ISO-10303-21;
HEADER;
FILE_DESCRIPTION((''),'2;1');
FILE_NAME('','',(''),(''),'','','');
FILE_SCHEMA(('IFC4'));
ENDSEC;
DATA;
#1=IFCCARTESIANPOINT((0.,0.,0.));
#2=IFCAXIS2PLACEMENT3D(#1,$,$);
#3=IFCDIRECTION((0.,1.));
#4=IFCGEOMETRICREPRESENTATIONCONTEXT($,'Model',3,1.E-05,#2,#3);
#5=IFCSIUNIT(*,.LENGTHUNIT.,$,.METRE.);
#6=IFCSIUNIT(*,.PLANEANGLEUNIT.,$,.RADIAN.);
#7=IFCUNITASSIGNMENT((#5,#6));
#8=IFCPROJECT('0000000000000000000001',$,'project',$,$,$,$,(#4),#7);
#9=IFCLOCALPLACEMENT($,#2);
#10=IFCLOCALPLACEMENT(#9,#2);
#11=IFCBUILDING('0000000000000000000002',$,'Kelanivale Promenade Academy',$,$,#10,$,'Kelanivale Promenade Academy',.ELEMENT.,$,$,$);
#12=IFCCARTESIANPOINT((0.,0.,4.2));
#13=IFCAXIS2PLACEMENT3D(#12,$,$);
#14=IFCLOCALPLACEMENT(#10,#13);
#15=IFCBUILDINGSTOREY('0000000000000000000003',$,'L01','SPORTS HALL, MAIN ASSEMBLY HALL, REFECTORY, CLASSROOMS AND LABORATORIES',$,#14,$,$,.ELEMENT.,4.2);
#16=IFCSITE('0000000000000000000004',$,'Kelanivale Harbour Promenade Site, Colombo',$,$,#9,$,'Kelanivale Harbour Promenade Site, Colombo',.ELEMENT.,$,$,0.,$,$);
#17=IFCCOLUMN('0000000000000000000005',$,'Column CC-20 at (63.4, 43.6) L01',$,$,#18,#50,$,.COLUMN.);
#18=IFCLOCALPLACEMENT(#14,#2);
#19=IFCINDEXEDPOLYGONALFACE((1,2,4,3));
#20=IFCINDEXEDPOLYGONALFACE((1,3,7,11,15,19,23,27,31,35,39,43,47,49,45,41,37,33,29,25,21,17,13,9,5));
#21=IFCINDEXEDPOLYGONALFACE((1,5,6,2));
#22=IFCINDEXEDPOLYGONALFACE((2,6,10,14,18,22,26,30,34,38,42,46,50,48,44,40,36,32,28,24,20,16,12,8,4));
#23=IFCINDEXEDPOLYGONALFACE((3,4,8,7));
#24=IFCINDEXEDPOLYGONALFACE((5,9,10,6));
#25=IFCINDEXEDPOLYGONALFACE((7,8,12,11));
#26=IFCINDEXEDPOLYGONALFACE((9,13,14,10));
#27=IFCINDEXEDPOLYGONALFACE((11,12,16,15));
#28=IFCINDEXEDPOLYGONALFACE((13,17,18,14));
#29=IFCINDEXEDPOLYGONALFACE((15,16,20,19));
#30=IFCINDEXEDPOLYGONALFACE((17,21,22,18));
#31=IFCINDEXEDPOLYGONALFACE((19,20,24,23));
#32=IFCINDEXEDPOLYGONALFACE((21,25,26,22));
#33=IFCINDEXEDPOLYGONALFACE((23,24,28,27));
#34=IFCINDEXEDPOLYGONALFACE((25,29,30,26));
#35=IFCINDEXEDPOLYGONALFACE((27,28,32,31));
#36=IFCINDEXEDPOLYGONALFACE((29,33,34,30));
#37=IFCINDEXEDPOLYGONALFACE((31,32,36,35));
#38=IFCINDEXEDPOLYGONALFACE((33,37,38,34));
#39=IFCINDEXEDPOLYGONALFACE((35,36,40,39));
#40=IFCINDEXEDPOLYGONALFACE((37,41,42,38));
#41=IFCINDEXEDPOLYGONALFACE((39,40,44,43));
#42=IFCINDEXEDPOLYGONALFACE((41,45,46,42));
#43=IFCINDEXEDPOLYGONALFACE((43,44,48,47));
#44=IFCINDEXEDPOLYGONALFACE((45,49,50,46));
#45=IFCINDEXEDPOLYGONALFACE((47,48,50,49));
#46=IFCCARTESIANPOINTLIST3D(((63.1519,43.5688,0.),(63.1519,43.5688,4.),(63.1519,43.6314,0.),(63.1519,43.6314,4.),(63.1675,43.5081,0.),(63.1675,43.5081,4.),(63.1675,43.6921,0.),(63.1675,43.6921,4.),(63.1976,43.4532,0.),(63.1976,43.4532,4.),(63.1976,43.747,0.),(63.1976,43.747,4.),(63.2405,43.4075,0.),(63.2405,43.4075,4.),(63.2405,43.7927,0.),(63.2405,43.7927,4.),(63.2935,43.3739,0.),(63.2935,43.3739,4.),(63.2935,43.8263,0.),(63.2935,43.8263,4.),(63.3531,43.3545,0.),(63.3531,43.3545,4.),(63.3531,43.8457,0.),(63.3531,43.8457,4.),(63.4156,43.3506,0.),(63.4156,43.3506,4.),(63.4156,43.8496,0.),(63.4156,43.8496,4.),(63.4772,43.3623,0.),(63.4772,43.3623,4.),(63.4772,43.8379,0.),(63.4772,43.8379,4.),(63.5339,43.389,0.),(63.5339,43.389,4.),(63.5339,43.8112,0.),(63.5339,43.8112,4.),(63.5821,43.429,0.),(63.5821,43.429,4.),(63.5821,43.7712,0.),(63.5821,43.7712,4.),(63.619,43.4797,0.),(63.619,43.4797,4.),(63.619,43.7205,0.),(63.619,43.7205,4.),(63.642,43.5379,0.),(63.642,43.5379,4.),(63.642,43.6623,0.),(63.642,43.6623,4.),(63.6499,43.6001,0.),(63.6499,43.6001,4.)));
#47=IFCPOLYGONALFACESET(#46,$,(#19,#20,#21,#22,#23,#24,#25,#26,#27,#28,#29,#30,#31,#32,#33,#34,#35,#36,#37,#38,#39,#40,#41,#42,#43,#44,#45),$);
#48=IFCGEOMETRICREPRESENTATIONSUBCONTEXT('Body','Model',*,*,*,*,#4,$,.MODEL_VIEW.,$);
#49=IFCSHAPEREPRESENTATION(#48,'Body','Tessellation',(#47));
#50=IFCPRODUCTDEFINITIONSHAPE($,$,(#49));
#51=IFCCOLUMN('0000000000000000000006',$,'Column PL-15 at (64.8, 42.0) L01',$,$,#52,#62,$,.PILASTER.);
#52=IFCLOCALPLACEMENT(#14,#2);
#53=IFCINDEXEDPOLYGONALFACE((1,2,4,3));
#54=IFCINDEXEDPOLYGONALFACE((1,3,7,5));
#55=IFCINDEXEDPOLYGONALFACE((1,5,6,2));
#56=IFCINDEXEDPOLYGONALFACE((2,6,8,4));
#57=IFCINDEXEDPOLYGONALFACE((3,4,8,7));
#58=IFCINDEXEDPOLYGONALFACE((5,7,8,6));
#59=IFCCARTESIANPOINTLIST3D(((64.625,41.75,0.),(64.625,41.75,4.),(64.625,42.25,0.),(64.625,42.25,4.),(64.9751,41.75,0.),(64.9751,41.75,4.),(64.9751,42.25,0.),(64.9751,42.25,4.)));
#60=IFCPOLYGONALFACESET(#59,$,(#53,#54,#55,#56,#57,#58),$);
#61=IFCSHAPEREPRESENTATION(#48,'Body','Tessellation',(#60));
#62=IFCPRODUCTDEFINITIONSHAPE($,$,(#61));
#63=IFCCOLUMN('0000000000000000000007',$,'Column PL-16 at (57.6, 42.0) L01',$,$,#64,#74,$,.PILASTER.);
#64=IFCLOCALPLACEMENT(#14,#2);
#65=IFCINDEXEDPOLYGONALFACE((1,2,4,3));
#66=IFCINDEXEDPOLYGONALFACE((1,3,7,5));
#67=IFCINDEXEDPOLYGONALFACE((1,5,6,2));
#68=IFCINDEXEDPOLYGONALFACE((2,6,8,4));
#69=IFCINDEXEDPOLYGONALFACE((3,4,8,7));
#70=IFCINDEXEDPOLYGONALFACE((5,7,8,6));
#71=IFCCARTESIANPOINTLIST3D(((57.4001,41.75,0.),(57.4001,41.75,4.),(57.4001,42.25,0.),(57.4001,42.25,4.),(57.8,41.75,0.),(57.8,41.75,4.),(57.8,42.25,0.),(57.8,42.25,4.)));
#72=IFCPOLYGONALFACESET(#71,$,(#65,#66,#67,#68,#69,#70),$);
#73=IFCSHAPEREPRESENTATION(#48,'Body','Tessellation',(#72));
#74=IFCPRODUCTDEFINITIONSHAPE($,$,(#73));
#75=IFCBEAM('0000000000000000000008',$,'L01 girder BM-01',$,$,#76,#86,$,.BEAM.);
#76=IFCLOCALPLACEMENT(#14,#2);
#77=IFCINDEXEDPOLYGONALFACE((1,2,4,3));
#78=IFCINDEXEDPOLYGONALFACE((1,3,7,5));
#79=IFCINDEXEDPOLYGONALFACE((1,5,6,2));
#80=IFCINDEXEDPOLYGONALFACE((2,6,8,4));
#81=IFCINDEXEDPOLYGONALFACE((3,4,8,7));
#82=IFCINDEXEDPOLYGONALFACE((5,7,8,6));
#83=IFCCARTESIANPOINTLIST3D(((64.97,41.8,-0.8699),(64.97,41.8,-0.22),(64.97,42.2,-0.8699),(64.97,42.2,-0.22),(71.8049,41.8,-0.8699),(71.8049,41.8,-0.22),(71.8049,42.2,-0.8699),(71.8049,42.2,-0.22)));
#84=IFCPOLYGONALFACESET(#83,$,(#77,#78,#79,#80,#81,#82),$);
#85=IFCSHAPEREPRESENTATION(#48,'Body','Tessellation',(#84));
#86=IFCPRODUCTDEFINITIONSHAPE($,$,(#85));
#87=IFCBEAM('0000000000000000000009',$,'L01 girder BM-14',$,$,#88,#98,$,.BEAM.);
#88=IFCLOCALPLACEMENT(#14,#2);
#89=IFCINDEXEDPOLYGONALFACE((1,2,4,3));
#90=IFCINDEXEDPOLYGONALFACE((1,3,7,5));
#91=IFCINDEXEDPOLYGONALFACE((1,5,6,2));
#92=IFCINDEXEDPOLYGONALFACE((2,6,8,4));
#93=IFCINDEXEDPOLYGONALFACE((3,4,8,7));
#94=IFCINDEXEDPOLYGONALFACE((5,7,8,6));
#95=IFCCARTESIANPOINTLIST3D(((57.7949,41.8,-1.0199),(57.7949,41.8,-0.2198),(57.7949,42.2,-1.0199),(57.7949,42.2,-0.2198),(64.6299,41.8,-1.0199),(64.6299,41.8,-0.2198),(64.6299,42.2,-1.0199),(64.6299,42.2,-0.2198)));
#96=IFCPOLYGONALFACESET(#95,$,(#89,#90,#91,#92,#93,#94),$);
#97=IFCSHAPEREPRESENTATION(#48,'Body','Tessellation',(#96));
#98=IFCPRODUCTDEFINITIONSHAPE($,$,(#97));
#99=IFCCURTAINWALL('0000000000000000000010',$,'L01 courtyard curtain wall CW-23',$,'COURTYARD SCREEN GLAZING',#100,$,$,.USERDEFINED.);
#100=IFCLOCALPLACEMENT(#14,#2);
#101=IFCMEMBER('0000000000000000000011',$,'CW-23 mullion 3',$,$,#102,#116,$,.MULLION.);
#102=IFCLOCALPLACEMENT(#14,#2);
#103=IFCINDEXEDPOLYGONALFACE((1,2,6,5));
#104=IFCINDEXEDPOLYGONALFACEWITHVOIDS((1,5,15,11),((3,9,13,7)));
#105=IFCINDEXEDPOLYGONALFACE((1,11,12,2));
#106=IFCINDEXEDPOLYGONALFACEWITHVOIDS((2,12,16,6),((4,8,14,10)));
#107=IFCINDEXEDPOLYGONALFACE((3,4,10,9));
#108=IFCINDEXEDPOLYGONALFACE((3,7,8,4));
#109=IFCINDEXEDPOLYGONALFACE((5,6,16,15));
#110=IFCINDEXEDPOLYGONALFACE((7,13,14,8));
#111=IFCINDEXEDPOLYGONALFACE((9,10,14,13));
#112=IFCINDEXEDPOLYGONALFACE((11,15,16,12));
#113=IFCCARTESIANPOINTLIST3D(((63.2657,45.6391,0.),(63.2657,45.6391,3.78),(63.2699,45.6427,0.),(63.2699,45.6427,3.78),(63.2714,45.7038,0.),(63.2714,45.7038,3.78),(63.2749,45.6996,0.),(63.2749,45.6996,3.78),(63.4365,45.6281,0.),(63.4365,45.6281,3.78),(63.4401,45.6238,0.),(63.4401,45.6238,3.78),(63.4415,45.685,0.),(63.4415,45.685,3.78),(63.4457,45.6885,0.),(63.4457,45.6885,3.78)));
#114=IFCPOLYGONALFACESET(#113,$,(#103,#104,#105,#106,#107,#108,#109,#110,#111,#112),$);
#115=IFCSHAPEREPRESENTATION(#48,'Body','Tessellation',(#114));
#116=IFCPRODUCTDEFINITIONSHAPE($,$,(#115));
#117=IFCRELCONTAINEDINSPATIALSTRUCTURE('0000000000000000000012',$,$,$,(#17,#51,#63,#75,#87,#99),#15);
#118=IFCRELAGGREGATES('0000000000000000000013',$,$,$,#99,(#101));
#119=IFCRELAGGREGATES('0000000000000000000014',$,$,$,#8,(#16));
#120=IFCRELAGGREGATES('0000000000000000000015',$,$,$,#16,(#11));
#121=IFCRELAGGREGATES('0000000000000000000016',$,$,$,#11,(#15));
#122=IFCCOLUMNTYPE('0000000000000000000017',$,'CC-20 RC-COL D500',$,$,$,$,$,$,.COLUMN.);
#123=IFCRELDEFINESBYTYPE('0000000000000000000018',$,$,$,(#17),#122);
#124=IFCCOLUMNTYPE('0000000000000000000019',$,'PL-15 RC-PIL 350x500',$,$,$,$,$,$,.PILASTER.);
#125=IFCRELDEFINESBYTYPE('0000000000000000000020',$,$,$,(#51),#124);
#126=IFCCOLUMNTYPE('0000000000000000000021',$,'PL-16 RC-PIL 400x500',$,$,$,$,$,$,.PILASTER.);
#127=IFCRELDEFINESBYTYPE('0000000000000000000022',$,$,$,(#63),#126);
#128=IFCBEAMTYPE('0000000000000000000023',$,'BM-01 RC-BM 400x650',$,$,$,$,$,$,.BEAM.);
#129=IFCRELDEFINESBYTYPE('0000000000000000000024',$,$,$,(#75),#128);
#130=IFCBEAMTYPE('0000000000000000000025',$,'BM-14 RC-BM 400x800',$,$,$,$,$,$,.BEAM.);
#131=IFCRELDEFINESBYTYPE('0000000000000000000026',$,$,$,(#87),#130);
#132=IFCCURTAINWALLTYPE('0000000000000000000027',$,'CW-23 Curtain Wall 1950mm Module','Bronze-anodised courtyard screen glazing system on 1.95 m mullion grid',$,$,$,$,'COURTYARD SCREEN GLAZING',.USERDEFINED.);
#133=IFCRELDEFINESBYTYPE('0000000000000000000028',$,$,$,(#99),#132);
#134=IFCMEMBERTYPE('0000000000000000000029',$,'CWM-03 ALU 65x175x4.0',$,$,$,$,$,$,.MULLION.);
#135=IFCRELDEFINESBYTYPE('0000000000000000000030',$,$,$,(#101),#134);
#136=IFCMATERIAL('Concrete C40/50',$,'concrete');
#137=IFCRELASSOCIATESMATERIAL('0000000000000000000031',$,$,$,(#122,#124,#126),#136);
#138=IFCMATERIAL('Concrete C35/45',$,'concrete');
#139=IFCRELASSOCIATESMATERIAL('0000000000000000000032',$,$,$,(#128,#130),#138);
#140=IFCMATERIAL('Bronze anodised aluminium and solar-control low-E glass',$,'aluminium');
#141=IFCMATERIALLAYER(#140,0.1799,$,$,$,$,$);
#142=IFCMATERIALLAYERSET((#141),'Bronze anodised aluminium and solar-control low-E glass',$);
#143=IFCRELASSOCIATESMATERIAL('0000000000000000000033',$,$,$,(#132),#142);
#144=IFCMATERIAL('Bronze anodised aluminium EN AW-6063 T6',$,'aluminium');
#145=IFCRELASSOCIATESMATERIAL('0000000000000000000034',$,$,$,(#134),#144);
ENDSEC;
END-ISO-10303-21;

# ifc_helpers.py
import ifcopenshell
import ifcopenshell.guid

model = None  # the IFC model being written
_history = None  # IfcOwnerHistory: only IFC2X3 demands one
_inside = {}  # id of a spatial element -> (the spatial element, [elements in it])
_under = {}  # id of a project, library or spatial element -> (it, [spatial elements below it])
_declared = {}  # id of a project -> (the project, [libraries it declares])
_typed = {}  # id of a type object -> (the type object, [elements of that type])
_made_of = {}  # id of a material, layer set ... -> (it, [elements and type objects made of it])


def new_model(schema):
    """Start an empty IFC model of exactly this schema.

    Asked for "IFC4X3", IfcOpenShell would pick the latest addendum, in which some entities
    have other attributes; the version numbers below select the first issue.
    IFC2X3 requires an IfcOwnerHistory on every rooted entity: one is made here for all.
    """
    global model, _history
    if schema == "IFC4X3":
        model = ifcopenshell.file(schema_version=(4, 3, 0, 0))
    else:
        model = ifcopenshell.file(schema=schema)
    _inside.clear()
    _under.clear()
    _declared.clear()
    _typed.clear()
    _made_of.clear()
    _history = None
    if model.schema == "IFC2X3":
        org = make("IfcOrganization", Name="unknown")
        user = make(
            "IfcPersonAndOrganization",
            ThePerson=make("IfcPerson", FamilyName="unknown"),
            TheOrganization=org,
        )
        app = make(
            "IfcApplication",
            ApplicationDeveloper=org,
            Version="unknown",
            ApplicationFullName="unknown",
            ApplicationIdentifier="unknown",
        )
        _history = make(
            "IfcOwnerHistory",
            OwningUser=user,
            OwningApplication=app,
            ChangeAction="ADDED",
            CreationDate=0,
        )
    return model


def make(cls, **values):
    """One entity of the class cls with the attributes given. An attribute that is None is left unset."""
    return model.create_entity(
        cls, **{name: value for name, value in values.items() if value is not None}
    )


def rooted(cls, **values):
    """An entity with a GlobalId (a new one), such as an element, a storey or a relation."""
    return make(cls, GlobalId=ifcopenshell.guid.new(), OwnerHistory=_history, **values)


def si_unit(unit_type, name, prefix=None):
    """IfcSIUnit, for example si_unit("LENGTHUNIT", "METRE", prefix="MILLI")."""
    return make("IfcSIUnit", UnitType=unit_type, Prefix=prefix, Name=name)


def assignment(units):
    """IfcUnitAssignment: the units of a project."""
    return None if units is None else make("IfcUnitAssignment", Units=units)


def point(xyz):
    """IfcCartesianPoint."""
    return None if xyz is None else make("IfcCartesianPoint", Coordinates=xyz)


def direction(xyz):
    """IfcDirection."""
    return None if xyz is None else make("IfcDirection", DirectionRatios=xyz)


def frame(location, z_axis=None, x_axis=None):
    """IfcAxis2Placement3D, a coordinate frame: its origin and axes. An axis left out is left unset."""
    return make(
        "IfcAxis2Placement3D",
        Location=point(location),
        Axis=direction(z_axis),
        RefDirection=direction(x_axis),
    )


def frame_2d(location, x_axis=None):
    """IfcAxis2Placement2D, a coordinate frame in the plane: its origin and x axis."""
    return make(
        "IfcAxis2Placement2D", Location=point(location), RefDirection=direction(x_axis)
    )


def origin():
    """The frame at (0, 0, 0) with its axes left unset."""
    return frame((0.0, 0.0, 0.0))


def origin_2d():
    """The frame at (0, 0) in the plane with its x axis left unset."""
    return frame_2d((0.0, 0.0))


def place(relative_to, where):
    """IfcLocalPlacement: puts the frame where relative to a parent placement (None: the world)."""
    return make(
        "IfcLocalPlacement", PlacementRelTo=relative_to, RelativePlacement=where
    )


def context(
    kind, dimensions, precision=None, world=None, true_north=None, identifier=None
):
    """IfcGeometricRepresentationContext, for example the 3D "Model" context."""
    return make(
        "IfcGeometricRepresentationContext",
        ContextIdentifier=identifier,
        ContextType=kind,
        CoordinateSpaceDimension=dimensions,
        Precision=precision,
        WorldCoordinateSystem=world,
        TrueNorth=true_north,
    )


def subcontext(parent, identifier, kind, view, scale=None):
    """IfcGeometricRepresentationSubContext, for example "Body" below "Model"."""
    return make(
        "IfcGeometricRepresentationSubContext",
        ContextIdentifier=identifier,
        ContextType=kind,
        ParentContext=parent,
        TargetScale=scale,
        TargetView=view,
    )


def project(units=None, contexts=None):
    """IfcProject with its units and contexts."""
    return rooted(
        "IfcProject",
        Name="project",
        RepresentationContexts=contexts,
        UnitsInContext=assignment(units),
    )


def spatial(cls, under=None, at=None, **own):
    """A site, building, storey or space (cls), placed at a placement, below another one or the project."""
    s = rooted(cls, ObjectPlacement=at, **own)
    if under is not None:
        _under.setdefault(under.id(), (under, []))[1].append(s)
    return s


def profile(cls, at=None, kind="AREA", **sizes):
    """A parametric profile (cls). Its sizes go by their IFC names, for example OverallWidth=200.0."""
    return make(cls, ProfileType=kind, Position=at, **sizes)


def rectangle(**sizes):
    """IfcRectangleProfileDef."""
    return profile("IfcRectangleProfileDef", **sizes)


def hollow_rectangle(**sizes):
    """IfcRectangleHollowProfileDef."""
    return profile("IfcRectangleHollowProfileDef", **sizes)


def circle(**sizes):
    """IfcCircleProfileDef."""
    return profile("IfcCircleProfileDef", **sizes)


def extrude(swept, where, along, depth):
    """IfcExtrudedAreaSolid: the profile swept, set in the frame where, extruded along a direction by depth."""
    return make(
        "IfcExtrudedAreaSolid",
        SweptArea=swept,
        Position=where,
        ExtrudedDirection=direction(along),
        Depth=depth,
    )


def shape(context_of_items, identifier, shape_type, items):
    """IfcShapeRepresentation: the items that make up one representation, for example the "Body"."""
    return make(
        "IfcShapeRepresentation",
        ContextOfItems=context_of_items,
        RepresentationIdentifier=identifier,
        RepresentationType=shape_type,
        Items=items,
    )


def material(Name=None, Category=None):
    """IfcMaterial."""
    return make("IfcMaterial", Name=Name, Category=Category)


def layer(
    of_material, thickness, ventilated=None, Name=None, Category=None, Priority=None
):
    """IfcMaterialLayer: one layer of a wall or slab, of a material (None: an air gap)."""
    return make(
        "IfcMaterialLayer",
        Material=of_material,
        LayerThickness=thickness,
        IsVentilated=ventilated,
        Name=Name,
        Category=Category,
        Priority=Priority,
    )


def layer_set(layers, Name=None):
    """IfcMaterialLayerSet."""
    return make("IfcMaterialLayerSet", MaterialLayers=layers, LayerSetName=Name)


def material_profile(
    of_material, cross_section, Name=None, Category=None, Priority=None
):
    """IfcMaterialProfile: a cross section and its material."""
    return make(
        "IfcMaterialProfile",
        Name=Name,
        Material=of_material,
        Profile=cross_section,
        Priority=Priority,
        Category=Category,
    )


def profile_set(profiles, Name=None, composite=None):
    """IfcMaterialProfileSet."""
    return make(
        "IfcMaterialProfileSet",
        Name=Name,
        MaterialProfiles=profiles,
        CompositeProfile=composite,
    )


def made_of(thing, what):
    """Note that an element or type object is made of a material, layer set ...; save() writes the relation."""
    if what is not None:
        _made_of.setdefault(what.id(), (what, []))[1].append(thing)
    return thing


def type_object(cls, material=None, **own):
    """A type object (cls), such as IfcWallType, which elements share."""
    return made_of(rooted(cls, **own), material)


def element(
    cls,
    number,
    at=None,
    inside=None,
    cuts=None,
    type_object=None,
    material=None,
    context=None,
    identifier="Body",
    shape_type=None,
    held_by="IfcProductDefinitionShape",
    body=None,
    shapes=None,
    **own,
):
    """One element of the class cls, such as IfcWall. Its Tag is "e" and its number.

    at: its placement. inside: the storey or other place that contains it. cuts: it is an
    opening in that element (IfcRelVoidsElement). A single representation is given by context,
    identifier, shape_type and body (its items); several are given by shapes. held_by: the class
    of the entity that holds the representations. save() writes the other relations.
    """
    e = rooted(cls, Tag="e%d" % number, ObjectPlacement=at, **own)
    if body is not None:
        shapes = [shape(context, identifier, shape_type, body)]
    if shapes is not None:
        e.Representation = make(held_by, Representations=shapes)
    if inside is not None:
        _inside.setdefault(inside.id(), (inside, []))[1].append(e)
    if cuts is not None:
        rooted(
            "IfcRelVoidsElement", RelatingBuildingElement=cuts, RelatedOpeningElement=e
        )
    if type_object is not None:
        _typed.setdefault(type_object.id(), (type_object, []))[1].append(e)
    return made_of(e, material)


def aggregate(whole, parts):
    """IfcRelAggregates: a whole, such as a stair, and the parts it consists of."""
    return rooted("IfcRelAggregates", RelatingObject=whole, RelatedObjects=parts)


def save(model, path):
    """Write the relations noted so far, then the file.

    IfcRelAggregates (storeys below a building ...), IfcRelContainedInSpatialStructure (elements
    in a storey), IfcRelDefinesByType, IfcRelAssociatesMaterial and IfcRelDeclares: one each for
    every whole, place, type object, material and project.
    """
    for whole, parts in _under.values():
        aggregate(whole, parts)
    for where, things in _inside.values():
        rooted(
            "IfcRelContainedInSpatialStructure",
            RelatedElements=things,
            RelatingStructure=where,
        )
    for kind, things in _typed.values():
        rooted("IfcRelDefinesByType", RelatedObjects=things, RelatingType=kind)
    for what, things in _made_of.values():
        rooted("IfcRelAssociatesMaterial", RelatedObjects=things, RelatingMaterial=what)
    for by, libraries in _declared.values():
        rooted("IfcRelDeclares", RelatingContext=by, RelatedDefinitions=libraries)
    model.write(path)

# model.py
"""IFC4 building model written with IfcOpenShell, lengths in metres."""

from ifc_helpers import new_model, si_unit, direction, frame, origin, origin_2d, place, context, subcontext, project, spatial, rectangle, hollow_rectangle, circle, extrude, material, layer, layer_set, material_profile, profile_set, type_object, element, aggregate, save


model = new_model("IFC4")

# Units and contexts
model_context = context("Model", 3, precision=1e-05, world=origin(), true_north=direction((0.0, 1.0)))
body_context = subcontext(model_context, "Body", "Model", "MODEL_VIEW")
ifc_project = project(units=[si_unit("LENGTHUNIT", "METRE"), si_unit("PLANEANGLEUNIT", "RADIAN")], contexts=[model_context])

# Site, building, storey
site_placement = place(None, origin())
site = spatial("IfcSite", under=ifc_project, at=site_placement, Name="Kelanivale Harbour Promenade Site, Colombo", LongName="Kelanivale Harbour Promenade Site, Colombo", CompositionType="ELEMENT", RefElevation=0.0)
building_placement = place(site_placement, origin())
building = spatial("IfcBuilding", under=site, at=building_placement, Name="Kelanivale Promenade Academy", LongName="Kelanivale Promenade Academy", CompositionType="ELEMENT")
storey_placement = place(building_placement, frame((0.0, 0.0, 4.2)))
storey = spatial("IfcBuildingStorey", under=building, at=storey_placement, Name="L01", Description="SPORTS HALL, MAIN ASSEMBLY HALL, REFECTORY, CLASSROOMS AND LABORATORIES", CompositionType="ELEMENT", Elevation=4.2)

# Columns
ifc_material_1 = material(Name="Concrete C40/50", Category="concrete")
ifc_material_profile_1 = material_profile(ifc_material_1, circle(Radius=0.25, at=origin_2d()), Name="RC-COL D500")
ifc_profile_set_1 = profile_set([ifc_material_profile_1], Name="Concrete C40/50")
column_type_1 = type_object("IfcColumnType", Name="CC-20 RC-COL D500", PredefinedType="COLUMN", material=ifc_profile_set_1)
column_1_placement = place(storey_placement, frame((63.3999, 43.6001, 0.0), z_axis=(0.0, 0.0, 1.0), x_axis=(1.0, 0.0, 0.0)))
element("IfcColumn", 1, at=column_1_placement, inside=storey, type_object=column_type_1, Name="Column CC-20 at (63.4, 43.6) L01", PredefinedType="COLUMN", context=body_context, shape_type="SweptSolid", body=[
    extrude(circle(Radius=0.25, at=origin_2d()), origin(), (0.0, 0.0, 1.0), 4.0),
])
ifc_material_profile_2 = material_profile(ifc_material_1, rectangle(XDim=0.3501, YDim=0.5, at=origin_2d()), Name="RC-PIL 350x500")
ifc_profile_set_2 = profile_set([ifc_material_profile_2], Name="Concrete C40/50")
column_type_2 = type_object("IfcColumnType", Name="PL-15 RC-PIL 350x500", PredefinedType="PILASTER", material=ifc_profile_set_2)
column_2_placement = place(storey_placement, frame((64.8, 42.0, 0.0), z_axis=(0.0, 0.0, 1.0), x_axis=(1.0, 0.0, 0.0)))
element("IfcColumn", 2, at=column_2_placement, inside=storey, type_object=column_type_2, Name="Column PL-15 at (64.8, 42.0) L01", PredefinedType="PILASTER", context=body_context, shape_type="SweptSolid", body=[
    extrude(rectangle(XDim=0.3501, YDim=0.5, at=origin_2d()), origin(), (0.0, 0.0, 1.0), 4.0),
])
ifc_material_profile_3 = material_profile(ifc_material_1, rectangle(XDim=0.3999, YDim=0.5, at=origin_2d()), Name="RC-PIL 400x500")
ifc_profile_set_3 = profile_set([ifc_material_profile_3], Name="Concrete C40/50")
column_type_3 = type_object("IfcColumnType", Name="PL-16 RC-PIL 400x500", PredefinedType="PILASTER", material=ifc_profile_set_3)
column_3_placement = place(storey_placement, frame((57.6001, 42.0, 0.0), z_axis=(0.0, 0.0, 1.0), x_axis=(1.0, 0.0, 0.0)))
element("IfcColumn", 3, at=column_3_placement, inside=storey, type_object=column_type_3, Name="Column PL-16 at (57.6, 42.0) L01", PredefinedType="PILASTER", context=body_context, shape_type="SweptSolid", body=[
    extrude(rectangle(XDim=0.3999, YDim=0.5, at=origin_2d()), origin(), (0.0, 0.0, 1.0), 4.0),
])

# Beams
ifc_material_2 = material(Name="Concrete C35/45", Category="concrete")
ifc_material_profile_4 = material_profile(ifc_material_2, rectangle(XDim=0.3999, YDim=0.6499, at=origin_2d()), Name="RC-BM 400x650")
ifc_profile_set_4 = profile_set([ifc_material_profile_4], Name="Concrete C35/45")
beam_type_1 = type_object("IfcBeamType", Name="BM-01 RC-BM 400x650", PredefinedType="BEAM", material=ifc_profile_set_4)
beam_1_placement = place(storey_placement, frame((64.97, 42.0, -0.5449), z_axis=(1.0, 0.0, 0.0), x_axis=(0.0, 1.0, 0.0)))
element("IfcBeam", 4, at=beam_1_placement, inside=storey, type_object=beam_type_1, Name="L01 girder BM-01", PredefinedType="BEAM", context=body_context, shape_type="SweptSolid", body=[
    extrude(rectangle(XDim=0.3999, YDim=0.6499, at=origin_2d()), origin(), (0.0, 0.0, 1.0), 6.835),
])
ifc_material_profile_5 = material_profile(ifc_material_2, rectangle(XDim=0.3999, YDim=0.8, at=origin_2d()), Name="RC-BM 400x800")
ifc_profile_set_5 = profile_set([ifc_material_profile_5], Name="Concrete C35/45")
beam_type_2 = type_object("IfcBeamType", Name="BM-14 RC-BM 400x800", PredefinedType="BEAM", material=ifc_profile_set_5)
beam_2_placement = place(storey_placement, frame((57.7949, 42.0, -0.6199), z_axis=(1.0, 0.0, 0.0), x_axis=(0.0, 1.0, 0.0)))
element("IfcBeam", 5, at=beam_2_placement, inside=storey, type_object=beam_type_2, Name="L01 girder BM-14", PredefinedType="BEAM", context=body_context, shape_type="SweptSolid", body=[
    extrude(rectangle(XDim=0.3999, YDim=0.8, at=origin_2d()), origin(), (0.0, 0.0, 1.0), 6.835),
])

# Curtain wall, member
ifc_material_3 = material(Name="Bronze anodised aluminium and solar-control low-E glass", Category="aluminium")
ifc_layer_1 = layer(ifc_material_3, 0.1799)
ifc_layer_set_1 = layer_set([ifc_layer_1], Name="Bronze anodised aluminium and solar-control low-E glass")
curtain_wall_type = type_object("IfcCurtainWallType", Name="CW-23 Curtain Wall 1950mm Module", Description="Bronze-anodised courtyard screen glazing system on 1.95 m mullion grid", ElementType="COURTYARD SCREEN GLAZING", PredefinedType="USERDEFINED", material=ifc_layer_set_1)
curtain_wall_placement = place(storey_placement, origin())
curtain_wall = element("IfcCurtainWall", 6, at=curtain_wall_placement, inside=storey, type_object=curtain_wall_type, Name="L01 courtyard curtain wall CW-23", ObjectType="COURTYARD SCREEN GLAZING", PredefinedType="USERDEFINED")
ifc_material_4 = material(Name="Bronze anodised aluminium EN AW-6063 T6", Category="aluminium")
ifc_material_profile_6 = material_profile(ifc_material_4, hollow_rectangle(XDim=0.0649, YDim=0.175, WallThickness=0.0039, at=origin_2d()), Name="ALU 65x175x4.0")
ifc_profile_set_6 = profile_set([ifc_material_profile_6], Name="Bronze anodised aluminium EN AW-6063 T6")
member_type = type_object("IfcMemberType", Name="CWM-03 ALU 65x175x4.0", PredefinedType="MULLION", material=ifc_profile_set_6)
member_placement = place(storey_placement, frame((63.3557, 45.6638, 0.0), z_axis=(0.0, 0.0, 1.0), x_axis=(0.087265, 0.996185, 0.0)))
member = element("IfcMember", 7, at=member_placement, type_object=member_type, Name="CW-23 mullion 3", PredefinedType="MULLION", context=body_context, shape_type="SweptSolid", body=[
    extrude(hollow_rectangle(XDim=0.0649, YDim=0.175, WallThickness=0.0039, at=origin_2d()), origin(), (0.0, 0.0, 1.0), 3.78),
])
aggregate(curtain_wall, [member])

save(model, "model.ifc")
